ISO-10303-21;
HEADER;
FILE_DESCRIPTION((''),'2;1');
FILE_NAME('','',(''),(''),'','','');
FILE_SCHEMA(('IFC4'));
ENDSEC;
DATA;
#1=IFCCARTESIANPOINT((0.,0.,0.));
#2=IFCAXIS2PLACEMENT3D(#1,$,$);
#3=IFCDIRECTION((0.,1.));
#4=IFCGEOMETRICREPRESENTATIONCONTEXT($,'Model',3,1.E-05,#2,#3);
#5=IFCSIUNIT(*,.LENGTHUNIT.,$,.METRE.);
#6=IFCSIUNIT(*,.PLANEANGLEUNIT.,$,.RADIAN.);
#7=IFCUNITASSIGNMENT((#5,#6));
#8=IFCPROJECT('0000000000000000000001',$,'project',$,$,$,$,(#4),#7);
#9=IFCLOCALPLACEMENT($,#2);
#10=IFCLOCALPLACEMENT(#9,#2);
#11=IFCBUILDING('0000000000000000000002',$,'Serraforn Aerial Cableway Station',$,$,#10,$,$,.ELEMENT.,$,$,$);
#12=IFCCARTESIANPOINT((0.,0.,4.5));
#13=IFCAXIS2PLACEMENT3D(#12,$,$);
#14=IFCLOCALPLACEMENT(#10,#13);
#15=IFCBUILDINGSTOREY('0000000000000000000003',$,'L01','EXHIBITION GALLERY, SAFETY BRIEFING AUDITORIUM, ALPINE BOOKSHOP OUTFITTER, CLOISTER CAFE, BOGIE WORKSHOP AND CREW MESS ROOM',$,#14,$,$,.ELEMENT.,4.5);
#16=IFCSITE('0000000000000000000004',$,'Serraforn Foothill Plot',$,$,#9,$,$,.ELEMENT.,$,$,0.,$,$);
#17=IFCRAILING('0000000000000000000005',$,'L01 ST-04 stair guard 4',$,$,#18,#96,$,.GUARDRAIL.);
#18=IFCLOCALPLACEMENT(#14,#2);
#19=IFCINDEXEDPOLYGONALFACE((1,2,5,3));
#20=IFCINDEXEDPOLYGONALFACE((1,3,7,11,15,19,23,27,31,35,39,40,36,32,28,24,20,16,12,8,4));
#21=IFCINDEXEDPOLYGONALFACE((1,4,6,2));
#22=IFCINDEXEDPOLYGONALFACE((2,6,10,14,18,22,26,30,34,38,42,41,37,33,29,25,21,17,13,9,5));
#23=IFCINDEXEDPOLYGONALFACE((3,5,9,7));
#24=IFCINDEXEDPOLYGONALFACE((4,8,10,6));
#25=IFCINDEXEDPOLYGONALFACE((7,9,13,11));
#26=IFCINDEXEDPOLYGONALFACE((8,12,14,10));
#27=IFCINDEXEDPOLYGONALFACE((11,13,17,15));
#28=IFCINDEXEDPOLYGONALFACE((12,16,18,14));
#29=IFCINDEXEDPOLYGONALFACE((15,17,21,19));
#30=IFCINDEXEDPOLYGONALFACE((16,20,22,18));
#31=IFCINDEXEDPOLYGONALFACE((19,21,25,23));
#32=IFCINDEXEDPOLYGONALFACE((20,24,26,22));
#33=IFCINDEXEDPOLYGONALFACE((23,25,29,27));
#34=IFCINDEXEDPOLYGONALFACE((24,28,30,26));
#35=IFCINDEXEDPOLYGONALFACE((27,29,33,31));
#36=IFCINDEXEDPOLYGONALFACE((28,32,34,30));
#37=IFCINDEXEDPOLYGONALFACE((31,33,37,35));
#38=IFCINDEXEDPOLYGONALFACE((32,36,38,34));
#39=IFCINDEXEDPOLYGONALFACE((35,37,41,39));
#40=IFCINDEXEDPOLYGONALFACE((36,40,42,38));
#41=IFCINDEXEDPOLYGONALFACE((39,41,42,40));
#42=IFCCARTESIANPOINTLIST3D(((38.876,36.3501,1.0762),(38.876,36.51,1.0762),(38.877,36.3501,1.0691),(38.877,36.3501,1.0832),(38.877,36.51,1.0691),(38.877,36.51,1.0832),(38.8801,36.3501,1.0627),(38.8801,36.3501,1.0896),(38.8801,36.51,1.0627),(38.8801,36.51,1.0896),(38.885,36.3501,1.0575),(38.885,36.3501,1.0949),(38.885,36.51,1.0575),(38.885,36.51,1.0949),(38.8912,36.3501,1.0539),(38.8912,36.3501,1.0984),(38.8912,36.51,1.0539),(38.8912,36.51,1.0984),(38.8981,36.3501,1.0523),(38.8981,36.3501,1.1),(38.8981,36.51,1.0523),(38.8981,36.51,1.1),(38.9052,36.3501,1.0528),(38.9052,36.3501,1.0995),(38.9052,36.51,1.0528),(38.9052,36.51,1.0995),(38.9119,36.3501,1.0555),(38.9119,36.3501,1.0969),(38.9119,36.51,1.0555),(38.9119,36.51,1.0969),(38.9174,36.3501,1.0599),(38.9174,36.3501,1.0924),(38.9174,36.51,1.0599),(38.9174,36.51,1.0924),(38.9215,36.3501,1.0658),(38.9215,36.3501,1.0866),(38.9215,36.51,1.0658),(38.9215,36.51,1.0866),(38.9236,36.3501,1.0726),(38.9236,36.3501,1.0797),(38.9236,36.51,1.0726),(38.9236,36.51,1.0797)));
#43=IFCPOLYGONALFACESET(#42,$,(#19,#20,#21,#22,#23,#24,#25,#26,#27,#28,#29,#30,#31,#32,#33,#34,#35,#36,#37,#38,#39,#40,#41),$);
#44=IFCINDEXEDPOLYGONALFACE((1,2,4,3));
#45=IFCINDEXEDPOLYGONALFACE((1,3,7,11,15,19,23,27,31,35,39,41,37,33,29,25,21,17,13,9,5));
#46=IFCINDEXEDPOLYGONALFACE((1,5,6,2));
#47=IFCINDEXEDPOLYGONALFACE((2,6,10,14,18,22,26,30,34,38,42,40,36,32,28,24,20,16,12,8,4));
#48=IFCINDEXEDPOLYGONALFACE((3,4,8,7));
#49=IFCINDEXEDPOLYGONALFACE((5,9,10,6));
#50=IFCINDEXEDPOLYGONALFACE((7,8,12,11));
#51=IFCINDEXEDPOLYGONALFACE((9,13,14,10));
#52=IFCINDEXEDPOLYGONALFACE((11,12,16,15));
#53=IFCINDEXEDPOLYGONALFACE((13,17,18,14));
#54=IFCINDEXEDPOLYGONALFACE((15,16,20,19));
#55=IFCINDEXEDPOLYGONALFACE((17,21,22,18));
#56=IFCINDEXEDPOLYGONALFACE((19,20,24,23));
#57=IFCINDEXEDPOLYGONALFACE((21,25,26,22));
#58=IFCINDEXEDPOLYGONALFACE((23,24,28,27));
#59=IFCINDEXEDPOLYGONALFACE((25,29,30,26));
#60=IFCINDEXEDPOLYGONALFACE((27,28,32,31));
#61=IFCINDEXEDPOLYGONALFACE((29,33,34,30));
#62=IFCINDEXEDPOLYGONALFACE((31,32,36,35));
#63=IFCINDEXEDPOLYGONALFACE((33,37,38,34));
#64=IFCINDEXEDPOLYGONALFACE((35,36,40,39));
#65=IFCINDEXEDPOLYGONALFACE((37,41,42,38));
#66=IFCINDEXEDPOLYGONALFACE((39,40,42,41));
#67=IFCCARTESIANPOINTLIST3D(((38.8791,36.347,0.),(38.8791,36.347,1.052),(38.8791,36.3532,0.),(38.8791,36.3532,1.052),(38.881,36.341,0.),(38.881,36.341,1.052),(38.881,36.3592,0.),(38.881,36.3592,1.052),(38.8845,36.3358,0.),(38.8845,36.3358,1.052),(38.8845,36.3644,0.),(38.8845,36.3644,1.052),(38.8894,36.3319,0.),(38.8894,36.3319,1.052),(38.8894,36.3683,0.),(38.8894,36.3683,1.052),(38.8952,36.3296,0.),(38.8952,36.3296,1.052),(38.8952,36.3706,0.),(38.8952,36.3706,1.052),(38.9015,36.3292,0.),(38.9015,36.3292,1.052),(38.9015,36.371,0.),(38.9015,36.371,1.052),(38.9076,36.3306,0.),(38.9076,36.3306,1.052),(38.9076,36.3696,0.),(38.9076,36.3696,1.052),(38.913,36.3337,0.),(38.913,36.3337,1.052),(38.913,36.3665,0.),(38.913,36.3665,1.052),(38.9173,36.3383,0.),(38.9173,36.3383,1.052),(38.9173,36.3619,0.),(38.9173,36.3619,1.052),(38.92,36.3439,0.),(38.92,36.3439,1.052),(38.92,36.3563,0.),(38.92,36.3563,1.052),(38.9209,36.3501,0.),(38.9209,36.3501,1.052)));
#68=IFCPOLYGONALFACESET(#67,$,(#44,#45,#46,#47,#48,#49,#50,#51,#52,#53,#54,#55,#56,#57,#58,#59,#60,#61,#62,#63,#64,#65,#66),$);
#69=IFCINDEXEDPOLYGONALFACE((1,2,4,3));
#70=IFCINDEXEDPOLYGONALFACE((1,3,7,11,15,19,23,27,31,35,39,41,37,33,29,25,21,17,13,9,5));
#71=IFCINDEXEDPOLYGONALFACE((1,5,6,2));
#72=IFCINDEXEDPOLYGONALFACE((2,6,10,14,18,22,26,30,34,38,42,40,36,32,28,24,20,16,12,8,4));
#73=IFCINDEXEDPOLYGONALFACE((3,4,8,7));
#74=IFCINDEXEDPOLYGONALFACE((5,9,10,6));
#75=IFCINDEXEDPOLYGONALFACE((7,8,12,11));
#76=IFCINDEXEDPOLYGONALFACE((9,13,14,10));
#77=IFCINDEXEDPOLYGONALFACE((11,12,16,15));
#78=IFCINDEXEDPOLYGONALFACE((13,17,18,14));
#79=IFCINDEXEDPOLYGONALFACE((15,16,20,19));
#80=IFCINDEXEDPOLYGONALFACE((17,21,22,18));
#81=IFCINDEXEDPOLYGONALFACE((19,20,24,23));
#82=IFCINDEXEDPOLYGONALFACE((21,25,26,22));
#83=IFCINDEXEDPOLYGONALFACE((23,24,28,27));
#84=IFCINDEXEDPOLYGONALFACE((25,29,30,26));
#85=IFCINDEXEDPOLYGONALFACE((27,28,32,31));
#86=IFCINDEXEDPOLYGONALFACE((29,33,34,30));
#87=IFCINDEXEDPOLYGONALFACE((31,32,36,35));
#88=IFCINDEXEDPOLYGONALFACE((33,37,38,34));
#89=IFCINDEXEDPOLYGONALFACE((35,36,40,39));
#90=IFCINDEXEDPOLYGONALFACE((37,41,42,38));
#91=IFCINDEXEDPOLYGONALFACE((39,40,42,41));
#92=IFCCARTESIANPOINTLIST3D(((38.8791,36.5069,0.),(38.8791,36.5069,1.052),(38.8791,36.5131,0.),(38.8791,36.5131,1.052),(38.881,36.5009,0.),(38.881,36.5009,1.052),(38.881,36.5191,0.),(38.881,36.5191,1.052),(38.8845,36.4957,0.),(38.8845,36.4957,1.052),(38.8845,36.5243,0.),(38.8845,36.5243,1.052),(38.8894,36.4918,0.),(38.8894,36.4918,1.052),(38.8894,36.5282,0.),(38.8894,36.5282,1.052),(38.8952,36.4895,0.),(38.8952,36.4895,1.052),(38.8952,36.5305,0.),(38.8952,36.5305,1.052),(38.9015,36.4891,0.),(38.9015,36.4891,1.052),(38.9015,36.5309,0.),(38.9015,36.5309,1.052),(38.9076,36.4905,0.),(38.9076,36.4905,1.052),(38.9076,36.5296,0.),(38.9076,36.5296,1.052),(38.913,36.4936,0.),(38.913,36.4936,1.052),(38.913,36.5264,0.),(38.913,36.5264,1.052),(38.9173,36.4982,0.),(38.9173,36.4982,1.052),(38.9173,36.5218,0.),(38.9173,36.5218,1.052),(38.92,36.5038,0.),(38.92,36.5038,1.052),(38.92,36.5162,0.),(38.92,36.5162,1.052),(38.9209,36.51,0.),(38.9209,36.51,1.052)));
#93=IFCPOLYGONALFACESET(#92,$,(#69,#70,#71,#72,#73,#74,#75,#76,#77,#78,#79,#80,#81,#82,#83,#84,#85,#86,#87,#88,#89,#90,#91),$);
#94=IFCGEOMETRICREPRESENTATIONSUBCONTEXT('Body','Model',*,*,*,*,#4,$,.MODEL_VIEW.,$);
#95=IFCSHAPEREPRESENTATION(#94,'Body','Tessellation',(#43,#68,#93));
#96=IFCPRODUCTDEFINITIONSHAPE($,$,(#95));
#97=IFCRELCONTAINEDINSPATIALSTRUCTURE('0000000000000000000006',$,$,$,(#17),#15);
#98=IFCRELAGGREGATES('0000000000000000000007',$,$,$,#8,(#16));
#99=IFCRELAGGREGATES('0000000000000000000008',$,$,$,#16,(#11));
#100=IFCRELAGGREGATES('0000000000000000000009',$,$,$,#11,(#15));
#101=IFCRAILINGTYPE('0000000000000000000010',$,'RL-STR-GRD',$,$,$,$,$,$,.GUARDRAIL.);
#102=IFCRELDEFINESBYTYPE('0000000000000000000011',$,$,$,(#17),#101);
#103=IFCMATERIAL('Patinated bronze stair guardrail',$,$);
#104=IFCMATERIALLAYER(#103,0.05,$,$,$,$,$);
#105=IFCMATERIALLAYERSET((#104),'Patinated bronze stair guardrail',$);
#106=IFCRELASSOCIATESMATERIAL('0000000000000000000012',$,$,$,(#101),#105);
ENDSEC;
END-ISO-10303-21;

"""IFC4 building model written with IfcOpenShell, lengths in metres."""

from ifc_helpers import new_model, si_unit, direction, frame, origin, origin_2d, place, context, subcontext, project, spatial, circle, extrude, material, layer, layer_set, type_object, element, save


model = new_model("IFC4")

# Units and contexts
model_context = context("Model", 3, precision=1e-05, world=origin(), true_north=direction((0.0, 1.0)))
body_context = subcontext(model_context, "Body", "Model", "MODEL_VIEW")
ifc_project = project(units=[si_unit("LENGTHUNIT", "METRE"), si_unit("PLANEANGLEUNIT", "RADIAN")], contexts=[model_context])

# Site, building, storey
site_placement = place(None, origin())
site = spatial("IfcSite", under=ifc_project, at=site_placement, Name="Serraforn Foothill Plot", CompositionType="ELEMENT", RefElevation=0.0)
building_placement = place(site_placement, origin())
building = spatial("IfcBuilding", under=site, at=building_placement, Name="Serraforn Aerial Cableway Station", CompositionType="ELEMENT")
storey_placement = place(building_placement, frame((0.0, 0.0, 4.5)))
storey = spatial("IfcBuildingStorey", under=building, at=storey_placement, Name="L01", Description="EXHIBITION GALLERY, SAFETY BRIEFING AUDITORIUM, ALPINE BOOKSHOP OUTFITTER, CLOISTER CAFE, BOGIE WORKSHOP AND CREW MESS ROOM", CompositionType="ELEMENT", Elevation=4.5)

# Railing
ifc_material_1 = material(Name="Patinated bronze stair guardrail")
ifc_layer_1 = layer(ifc_material_1, 0.05)
ifc_layer_set_1 = layer_set([ifc_layer_1], Name="Patinated bronze stair guardrail")
railing_type = type_object("IfcRailingType", Name="RL-STR-GRD", PredefinedType="GUARDRAIL", material=ifc_layer_set_1)
railing_1_placement = place(storey_placement, frame((38.8999, 36.3501, 0.0)))
element("IfcRailing", 1, at=railing_1_placement, inside=storey, type_object=railing_type, Name="L01 ST-04 stair guard 4", PredefinedType="GUARDRAIL", context=body_context, shape_type="SweptSolid", body=[
    extrude(circle(Radius=0.0239, at=origin_2d()), frame((0.0, 0.0, 1.0762), z_axis=(0.0, 1.0, 0.0), x_axis=(-1.0, 0.0, 0.0)), (0.0, 0.0, 1.0), 0.1599),
    extrude(circle(Radius=0.021, at=origin_2d()), origin(), (0.0, 0.0, 1.0), 1.052),
    extrude(circle(Radius=0.021, at=origin_2d()), frame((0.0, 0.1599, 0.0)), (0.0, 0.0, 1.0), 1.052),
])

save(model, "model.ifc")
